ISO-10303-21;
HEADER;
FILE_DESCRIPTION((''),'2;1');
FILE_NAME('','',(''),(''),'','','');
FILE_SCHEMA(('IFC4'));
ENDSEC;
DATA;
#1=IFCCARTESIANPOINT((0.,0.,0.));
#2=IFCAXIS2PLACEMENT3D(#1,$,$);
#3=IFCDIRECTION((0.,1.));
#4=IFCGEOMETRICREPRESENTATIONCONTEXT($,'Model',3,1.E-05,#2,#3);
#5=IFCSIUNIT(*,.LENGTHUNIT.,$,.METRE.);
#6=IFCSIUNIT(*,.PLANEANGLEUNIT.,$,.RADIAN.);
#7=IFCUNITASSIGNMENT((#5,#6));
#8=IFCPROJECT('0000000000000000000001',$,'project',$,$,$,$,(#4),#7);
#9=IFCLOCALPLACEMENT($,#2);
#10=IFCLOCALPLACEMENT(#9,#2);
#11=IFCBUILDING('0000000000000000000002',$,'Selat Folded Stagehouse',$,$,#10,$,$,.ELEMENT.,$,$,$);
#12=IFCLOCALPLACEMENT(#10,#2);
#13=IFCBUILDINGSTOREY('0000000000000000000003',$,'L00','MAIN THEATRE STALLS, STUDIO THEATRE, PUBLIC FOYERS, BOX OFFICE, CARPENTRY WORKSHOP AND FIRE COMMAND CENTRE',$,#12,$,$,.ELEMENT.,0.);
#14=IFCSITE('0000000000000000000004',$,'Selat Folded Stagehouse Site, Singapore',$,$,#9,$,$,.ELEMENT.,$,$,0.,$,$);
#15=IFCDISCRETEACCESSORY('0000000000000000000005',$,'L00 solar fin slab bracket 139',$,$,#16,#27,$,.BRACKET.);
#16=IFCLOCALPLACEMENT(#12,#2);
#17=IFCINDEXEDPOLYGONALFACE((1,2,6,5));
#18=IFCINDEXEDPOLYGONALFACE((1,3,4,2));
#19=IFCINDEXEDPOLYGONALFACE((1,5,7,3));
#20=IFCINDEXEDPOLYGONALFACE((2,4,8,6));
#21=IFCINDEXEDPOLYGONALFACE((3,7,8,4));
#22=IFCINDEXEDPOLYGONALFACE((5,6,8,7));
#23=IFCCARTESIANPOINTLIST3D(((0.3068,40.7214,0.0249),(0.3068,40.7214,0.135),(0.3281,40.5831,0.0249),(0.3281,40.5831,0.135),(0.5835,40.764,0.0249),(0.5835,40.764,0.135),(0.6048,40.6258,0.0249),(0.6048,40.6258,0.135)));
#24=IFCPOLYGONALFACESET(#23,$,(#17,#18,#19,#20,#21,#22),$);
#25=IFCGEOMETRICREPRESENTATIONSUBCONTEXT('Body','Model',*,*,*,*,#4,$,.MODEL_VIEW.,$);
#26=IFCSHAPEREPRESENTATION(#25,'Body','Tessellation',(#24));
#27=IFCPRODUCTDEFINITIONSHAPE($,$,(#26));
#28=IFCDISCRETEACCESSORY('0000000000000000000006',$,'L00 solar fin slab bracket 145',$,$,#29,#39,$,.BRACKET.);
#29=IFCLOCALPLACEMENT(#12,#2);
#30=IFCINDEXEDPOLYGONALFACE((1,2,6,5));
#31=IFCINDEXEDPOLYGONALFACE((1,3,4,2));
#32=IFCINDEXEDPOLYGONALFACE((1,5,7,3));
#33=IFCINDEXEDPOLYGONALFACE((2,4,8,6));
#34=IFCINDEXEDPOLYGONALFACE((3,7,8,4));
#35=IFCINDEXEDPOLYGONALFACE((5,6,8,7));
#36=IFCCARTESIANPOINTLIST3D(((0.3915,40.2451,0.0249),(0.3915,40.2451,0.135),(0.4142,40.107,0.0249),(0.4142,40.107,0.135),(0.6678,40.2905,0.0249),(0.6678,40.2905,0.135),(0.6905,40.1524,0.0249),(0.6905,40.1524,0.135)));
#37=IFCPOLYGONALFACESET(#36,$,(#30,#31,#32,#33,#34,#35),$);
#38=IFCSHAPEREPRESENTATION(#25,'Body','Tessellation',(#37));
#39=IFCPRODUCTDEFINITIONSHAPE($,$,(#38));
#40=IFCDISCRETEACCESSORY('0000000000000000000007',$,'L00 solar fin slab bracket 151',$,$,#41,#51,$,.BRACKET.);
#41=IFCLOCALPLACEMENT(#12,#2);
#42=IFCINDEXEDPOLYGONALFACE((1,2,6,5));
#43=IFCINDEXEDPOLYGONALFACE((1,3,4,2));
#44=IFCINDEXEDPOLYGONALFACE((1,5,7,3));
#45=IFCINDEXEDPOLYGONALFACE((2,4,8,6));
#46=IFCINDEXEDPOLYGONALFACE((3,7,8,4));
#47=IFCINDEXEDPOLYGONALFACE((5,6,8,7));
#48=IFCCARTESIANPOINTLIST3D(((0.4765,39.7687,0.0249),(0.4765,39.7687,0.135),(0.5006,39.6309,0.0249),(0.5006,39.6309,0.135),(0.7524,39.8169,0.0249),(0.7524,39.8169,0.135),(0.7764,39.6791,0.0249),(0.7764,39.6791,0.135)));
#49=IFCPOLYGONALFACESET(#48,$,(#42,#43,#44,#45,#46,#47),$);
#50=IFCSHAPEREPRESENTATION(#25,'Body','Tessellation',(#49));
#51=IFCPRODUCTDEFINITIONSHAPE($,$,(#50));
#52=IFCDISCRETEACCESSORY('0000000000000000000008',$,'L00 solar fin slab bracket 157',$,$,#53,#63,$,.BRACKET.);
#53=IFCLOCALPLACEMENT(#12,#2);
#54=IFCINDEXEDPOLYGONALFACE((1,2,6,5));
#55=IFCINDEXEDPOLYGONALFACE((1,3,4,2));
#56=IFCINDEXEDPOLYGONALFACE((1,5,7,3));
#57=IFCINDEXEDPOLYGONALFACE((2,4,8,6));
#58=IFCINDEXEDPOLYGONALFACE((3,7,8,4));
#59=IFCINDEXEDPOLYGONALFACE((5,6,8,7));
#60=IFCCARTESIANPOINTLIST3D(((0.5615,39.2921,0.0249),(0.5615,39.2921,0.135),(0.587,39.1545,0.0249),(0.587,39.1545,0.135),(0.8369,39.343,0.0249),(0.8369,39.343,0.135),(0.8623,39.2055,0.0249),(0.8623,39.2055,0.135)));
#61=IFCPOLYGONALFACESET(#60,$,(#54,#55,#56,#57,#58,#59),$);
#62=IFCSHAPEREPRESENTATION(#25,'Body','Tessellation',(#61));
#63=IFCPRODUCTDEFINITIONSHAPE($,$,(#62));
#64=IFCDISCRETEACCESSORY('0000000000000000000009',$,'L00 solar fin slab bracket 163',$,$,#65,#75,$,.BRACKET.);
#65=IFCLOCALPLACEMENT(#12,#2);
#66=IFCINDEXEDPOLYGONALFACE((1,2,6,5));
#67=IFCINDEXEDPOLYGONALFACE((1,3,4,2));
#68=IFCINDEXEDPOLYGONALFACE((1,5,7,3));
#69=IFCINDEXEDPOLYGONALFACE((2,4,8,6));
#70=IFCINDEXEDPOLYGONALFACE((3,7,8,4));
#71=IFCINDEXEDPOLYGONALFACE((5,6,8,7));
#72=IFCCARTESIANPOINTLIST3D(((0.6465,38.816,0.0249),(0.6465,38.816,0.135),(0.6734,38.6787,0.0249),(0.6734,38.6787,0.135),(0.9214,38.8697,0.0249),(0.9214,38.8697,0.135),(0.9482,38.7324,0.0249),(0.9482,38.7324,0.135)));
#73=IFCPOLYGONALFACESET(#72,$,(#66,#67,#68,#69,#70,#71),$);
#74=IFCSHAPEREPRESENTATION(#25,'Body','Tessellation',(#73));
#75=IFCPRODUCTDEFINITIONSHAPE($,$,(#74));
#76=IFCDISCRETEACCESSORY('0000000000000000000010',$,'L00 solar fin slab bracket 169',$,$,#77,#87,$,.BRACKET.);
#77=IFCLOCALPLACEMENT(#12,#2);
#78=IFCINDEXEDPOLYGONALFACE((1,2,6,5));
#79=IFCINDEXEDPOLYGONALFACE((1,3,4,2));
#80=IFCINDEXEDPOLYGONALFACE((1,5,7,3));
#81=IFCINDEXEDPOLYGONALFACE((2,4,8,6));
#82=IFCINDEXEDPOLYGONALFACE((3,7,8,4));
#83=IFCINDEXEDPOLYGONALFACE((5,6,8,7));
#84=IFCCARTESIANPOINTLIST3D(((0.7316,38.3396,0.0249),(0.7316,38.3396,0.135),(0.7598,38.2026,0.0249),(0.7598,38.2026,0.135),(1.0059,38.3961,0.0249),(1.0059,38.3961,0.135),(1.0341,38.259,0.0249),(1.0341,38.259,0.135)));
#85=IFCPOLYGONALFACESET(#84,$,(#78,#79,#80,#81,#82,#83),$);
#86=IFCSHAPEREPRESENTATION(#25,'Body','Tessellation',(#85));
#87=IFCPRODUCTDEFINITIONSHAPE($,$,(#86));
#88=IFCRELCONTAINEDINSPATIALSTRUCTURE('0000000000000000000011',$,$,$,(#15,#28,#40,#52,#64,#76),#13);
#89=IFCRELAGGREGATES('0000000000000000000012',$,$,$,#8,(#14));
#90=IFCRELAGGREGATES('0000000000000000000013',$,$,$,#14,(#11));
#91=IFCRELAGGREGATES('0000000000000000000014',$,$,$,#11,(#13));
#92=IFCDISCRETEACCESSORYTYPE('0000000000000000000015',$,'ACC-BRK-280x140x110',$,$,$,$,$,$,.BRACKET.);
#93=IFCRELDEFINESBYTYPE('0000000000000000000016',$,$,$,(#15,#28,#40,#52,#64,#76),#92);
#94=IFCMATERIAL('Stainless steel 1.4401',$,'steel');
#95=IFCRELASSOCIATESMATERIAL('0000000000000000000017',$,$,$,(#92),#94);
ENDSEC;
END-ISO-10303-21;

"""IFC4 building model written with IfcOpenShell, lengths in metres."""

from ifc_helpers import new_model, si_unit, direction, frame, origin, origin_2d, place, context, subcontext, project, spatial, rectangle, extrude, material, type_object, element, save


model = new_model("IFC4")

# Units and contexts
model_context = context("Model", 3, precision=1e-05, world=origin(), true_north=direction((0.0, 1.0)))
body_context = subcontext(model_context, "Body", "Model", "MODEL_VIEW")
ifc_project = project(units=[si_unit("LENGTHUNIT", "METRE"), si_unit("PLANEANGLEUNIT", "RADIAN")], contexts=[model_context])

# Site, building, storey
site_placement = place(None, origin())
site = spatial("IfcSite", under=ifc_project, at=site_placement, Name="Selat Folded Stagehouse Site, Singapore", CompositionType="ELEMENT", RefElevation=0.0)
building_placement = place(site_placement, origin())
building = spatial("IfcBuilding", under=site, at=building_placement, Name="Selat Folded Stagehouse", CompositionType="ELEMENT")
storey_placement = place(building_placement, origin())
storey = spatial("IfcBuildingStorey", under=building, at=storey_placement, Name="L00", Description="MAIN THEATRE STALLS, STUDIO THEATRE, PUBLIC FOYERS, BOX OFFICE, CARPENTRY WORKSHOP AND FIRE COMMAND CENTRE", CompositionType="ELEMENT", Elevation=0.0)

# Discrete accessories
ifc_material_1 = material(Name="Stainless steel 1.4401", Category="steel")
discrete_accessory_type = type_object("IfcDiscreteAccessoryType", Name="ACC-BRK-280x140x110", PredefinedType="BRACKET", material=ifc_material_1)
for number, where, z_axis, x_axis, name in (
    (1, (0.4558, 40.6736, 0.0249), (0.0, 0.0, 1.0), (-0.988335, -0.152296, 0.0), "L00 solar fin slab bracket 139"),
    (2, (0.541, 40.1987, 0.0249), (0.0, 0.0, 1.0), (-0.986771, -0.162121, 0.0), "L00 solar fin slab bracket 145"),
    (3, (0.6265, 39.7239, 0.0249), (0.0, 0.0, 1.0), (-0.985079, -0.172101, 0.0), "L00 solar fin slab bracket 151"),
    (4, (0.7119, 39.2488, 0.0249), (0.0, 0.0, 1.0), (-0.983318, -0.181892, 0.0), "L00 solar fin slab bracket 157"),
    (5, (0.7974, 38.7742, 0.0249), (0.0, 0.0, 1.0), (-0.981427, -0.191837, 0.0), "L00 solar fin slab bracket 163"),
    (6, (0.8828, 38.2993, 0.0249), (0.0, 0.0, 1.0), (-0.97947, -0.201591, 0.0), "L00 solar fin slab bracket 169"),
):
    element("IfcDiscreteAccessory", number, at=place(storey_placement, frame(where, z_axis=z_axis, x_axis=x_axis)), inside=storey, type_object=discrete_accessory_type, Name=name, PredefinedType="BRACKET", context=body_context, shape_type="SweptSolid", body=[
        extrude(rectangle(XDim=0.28, YDim=0.1399, at=origin_2d()), origin(), (0.0, 0.0, 1.0), 0.1101),
    ])

save(model, "model.ifc")
